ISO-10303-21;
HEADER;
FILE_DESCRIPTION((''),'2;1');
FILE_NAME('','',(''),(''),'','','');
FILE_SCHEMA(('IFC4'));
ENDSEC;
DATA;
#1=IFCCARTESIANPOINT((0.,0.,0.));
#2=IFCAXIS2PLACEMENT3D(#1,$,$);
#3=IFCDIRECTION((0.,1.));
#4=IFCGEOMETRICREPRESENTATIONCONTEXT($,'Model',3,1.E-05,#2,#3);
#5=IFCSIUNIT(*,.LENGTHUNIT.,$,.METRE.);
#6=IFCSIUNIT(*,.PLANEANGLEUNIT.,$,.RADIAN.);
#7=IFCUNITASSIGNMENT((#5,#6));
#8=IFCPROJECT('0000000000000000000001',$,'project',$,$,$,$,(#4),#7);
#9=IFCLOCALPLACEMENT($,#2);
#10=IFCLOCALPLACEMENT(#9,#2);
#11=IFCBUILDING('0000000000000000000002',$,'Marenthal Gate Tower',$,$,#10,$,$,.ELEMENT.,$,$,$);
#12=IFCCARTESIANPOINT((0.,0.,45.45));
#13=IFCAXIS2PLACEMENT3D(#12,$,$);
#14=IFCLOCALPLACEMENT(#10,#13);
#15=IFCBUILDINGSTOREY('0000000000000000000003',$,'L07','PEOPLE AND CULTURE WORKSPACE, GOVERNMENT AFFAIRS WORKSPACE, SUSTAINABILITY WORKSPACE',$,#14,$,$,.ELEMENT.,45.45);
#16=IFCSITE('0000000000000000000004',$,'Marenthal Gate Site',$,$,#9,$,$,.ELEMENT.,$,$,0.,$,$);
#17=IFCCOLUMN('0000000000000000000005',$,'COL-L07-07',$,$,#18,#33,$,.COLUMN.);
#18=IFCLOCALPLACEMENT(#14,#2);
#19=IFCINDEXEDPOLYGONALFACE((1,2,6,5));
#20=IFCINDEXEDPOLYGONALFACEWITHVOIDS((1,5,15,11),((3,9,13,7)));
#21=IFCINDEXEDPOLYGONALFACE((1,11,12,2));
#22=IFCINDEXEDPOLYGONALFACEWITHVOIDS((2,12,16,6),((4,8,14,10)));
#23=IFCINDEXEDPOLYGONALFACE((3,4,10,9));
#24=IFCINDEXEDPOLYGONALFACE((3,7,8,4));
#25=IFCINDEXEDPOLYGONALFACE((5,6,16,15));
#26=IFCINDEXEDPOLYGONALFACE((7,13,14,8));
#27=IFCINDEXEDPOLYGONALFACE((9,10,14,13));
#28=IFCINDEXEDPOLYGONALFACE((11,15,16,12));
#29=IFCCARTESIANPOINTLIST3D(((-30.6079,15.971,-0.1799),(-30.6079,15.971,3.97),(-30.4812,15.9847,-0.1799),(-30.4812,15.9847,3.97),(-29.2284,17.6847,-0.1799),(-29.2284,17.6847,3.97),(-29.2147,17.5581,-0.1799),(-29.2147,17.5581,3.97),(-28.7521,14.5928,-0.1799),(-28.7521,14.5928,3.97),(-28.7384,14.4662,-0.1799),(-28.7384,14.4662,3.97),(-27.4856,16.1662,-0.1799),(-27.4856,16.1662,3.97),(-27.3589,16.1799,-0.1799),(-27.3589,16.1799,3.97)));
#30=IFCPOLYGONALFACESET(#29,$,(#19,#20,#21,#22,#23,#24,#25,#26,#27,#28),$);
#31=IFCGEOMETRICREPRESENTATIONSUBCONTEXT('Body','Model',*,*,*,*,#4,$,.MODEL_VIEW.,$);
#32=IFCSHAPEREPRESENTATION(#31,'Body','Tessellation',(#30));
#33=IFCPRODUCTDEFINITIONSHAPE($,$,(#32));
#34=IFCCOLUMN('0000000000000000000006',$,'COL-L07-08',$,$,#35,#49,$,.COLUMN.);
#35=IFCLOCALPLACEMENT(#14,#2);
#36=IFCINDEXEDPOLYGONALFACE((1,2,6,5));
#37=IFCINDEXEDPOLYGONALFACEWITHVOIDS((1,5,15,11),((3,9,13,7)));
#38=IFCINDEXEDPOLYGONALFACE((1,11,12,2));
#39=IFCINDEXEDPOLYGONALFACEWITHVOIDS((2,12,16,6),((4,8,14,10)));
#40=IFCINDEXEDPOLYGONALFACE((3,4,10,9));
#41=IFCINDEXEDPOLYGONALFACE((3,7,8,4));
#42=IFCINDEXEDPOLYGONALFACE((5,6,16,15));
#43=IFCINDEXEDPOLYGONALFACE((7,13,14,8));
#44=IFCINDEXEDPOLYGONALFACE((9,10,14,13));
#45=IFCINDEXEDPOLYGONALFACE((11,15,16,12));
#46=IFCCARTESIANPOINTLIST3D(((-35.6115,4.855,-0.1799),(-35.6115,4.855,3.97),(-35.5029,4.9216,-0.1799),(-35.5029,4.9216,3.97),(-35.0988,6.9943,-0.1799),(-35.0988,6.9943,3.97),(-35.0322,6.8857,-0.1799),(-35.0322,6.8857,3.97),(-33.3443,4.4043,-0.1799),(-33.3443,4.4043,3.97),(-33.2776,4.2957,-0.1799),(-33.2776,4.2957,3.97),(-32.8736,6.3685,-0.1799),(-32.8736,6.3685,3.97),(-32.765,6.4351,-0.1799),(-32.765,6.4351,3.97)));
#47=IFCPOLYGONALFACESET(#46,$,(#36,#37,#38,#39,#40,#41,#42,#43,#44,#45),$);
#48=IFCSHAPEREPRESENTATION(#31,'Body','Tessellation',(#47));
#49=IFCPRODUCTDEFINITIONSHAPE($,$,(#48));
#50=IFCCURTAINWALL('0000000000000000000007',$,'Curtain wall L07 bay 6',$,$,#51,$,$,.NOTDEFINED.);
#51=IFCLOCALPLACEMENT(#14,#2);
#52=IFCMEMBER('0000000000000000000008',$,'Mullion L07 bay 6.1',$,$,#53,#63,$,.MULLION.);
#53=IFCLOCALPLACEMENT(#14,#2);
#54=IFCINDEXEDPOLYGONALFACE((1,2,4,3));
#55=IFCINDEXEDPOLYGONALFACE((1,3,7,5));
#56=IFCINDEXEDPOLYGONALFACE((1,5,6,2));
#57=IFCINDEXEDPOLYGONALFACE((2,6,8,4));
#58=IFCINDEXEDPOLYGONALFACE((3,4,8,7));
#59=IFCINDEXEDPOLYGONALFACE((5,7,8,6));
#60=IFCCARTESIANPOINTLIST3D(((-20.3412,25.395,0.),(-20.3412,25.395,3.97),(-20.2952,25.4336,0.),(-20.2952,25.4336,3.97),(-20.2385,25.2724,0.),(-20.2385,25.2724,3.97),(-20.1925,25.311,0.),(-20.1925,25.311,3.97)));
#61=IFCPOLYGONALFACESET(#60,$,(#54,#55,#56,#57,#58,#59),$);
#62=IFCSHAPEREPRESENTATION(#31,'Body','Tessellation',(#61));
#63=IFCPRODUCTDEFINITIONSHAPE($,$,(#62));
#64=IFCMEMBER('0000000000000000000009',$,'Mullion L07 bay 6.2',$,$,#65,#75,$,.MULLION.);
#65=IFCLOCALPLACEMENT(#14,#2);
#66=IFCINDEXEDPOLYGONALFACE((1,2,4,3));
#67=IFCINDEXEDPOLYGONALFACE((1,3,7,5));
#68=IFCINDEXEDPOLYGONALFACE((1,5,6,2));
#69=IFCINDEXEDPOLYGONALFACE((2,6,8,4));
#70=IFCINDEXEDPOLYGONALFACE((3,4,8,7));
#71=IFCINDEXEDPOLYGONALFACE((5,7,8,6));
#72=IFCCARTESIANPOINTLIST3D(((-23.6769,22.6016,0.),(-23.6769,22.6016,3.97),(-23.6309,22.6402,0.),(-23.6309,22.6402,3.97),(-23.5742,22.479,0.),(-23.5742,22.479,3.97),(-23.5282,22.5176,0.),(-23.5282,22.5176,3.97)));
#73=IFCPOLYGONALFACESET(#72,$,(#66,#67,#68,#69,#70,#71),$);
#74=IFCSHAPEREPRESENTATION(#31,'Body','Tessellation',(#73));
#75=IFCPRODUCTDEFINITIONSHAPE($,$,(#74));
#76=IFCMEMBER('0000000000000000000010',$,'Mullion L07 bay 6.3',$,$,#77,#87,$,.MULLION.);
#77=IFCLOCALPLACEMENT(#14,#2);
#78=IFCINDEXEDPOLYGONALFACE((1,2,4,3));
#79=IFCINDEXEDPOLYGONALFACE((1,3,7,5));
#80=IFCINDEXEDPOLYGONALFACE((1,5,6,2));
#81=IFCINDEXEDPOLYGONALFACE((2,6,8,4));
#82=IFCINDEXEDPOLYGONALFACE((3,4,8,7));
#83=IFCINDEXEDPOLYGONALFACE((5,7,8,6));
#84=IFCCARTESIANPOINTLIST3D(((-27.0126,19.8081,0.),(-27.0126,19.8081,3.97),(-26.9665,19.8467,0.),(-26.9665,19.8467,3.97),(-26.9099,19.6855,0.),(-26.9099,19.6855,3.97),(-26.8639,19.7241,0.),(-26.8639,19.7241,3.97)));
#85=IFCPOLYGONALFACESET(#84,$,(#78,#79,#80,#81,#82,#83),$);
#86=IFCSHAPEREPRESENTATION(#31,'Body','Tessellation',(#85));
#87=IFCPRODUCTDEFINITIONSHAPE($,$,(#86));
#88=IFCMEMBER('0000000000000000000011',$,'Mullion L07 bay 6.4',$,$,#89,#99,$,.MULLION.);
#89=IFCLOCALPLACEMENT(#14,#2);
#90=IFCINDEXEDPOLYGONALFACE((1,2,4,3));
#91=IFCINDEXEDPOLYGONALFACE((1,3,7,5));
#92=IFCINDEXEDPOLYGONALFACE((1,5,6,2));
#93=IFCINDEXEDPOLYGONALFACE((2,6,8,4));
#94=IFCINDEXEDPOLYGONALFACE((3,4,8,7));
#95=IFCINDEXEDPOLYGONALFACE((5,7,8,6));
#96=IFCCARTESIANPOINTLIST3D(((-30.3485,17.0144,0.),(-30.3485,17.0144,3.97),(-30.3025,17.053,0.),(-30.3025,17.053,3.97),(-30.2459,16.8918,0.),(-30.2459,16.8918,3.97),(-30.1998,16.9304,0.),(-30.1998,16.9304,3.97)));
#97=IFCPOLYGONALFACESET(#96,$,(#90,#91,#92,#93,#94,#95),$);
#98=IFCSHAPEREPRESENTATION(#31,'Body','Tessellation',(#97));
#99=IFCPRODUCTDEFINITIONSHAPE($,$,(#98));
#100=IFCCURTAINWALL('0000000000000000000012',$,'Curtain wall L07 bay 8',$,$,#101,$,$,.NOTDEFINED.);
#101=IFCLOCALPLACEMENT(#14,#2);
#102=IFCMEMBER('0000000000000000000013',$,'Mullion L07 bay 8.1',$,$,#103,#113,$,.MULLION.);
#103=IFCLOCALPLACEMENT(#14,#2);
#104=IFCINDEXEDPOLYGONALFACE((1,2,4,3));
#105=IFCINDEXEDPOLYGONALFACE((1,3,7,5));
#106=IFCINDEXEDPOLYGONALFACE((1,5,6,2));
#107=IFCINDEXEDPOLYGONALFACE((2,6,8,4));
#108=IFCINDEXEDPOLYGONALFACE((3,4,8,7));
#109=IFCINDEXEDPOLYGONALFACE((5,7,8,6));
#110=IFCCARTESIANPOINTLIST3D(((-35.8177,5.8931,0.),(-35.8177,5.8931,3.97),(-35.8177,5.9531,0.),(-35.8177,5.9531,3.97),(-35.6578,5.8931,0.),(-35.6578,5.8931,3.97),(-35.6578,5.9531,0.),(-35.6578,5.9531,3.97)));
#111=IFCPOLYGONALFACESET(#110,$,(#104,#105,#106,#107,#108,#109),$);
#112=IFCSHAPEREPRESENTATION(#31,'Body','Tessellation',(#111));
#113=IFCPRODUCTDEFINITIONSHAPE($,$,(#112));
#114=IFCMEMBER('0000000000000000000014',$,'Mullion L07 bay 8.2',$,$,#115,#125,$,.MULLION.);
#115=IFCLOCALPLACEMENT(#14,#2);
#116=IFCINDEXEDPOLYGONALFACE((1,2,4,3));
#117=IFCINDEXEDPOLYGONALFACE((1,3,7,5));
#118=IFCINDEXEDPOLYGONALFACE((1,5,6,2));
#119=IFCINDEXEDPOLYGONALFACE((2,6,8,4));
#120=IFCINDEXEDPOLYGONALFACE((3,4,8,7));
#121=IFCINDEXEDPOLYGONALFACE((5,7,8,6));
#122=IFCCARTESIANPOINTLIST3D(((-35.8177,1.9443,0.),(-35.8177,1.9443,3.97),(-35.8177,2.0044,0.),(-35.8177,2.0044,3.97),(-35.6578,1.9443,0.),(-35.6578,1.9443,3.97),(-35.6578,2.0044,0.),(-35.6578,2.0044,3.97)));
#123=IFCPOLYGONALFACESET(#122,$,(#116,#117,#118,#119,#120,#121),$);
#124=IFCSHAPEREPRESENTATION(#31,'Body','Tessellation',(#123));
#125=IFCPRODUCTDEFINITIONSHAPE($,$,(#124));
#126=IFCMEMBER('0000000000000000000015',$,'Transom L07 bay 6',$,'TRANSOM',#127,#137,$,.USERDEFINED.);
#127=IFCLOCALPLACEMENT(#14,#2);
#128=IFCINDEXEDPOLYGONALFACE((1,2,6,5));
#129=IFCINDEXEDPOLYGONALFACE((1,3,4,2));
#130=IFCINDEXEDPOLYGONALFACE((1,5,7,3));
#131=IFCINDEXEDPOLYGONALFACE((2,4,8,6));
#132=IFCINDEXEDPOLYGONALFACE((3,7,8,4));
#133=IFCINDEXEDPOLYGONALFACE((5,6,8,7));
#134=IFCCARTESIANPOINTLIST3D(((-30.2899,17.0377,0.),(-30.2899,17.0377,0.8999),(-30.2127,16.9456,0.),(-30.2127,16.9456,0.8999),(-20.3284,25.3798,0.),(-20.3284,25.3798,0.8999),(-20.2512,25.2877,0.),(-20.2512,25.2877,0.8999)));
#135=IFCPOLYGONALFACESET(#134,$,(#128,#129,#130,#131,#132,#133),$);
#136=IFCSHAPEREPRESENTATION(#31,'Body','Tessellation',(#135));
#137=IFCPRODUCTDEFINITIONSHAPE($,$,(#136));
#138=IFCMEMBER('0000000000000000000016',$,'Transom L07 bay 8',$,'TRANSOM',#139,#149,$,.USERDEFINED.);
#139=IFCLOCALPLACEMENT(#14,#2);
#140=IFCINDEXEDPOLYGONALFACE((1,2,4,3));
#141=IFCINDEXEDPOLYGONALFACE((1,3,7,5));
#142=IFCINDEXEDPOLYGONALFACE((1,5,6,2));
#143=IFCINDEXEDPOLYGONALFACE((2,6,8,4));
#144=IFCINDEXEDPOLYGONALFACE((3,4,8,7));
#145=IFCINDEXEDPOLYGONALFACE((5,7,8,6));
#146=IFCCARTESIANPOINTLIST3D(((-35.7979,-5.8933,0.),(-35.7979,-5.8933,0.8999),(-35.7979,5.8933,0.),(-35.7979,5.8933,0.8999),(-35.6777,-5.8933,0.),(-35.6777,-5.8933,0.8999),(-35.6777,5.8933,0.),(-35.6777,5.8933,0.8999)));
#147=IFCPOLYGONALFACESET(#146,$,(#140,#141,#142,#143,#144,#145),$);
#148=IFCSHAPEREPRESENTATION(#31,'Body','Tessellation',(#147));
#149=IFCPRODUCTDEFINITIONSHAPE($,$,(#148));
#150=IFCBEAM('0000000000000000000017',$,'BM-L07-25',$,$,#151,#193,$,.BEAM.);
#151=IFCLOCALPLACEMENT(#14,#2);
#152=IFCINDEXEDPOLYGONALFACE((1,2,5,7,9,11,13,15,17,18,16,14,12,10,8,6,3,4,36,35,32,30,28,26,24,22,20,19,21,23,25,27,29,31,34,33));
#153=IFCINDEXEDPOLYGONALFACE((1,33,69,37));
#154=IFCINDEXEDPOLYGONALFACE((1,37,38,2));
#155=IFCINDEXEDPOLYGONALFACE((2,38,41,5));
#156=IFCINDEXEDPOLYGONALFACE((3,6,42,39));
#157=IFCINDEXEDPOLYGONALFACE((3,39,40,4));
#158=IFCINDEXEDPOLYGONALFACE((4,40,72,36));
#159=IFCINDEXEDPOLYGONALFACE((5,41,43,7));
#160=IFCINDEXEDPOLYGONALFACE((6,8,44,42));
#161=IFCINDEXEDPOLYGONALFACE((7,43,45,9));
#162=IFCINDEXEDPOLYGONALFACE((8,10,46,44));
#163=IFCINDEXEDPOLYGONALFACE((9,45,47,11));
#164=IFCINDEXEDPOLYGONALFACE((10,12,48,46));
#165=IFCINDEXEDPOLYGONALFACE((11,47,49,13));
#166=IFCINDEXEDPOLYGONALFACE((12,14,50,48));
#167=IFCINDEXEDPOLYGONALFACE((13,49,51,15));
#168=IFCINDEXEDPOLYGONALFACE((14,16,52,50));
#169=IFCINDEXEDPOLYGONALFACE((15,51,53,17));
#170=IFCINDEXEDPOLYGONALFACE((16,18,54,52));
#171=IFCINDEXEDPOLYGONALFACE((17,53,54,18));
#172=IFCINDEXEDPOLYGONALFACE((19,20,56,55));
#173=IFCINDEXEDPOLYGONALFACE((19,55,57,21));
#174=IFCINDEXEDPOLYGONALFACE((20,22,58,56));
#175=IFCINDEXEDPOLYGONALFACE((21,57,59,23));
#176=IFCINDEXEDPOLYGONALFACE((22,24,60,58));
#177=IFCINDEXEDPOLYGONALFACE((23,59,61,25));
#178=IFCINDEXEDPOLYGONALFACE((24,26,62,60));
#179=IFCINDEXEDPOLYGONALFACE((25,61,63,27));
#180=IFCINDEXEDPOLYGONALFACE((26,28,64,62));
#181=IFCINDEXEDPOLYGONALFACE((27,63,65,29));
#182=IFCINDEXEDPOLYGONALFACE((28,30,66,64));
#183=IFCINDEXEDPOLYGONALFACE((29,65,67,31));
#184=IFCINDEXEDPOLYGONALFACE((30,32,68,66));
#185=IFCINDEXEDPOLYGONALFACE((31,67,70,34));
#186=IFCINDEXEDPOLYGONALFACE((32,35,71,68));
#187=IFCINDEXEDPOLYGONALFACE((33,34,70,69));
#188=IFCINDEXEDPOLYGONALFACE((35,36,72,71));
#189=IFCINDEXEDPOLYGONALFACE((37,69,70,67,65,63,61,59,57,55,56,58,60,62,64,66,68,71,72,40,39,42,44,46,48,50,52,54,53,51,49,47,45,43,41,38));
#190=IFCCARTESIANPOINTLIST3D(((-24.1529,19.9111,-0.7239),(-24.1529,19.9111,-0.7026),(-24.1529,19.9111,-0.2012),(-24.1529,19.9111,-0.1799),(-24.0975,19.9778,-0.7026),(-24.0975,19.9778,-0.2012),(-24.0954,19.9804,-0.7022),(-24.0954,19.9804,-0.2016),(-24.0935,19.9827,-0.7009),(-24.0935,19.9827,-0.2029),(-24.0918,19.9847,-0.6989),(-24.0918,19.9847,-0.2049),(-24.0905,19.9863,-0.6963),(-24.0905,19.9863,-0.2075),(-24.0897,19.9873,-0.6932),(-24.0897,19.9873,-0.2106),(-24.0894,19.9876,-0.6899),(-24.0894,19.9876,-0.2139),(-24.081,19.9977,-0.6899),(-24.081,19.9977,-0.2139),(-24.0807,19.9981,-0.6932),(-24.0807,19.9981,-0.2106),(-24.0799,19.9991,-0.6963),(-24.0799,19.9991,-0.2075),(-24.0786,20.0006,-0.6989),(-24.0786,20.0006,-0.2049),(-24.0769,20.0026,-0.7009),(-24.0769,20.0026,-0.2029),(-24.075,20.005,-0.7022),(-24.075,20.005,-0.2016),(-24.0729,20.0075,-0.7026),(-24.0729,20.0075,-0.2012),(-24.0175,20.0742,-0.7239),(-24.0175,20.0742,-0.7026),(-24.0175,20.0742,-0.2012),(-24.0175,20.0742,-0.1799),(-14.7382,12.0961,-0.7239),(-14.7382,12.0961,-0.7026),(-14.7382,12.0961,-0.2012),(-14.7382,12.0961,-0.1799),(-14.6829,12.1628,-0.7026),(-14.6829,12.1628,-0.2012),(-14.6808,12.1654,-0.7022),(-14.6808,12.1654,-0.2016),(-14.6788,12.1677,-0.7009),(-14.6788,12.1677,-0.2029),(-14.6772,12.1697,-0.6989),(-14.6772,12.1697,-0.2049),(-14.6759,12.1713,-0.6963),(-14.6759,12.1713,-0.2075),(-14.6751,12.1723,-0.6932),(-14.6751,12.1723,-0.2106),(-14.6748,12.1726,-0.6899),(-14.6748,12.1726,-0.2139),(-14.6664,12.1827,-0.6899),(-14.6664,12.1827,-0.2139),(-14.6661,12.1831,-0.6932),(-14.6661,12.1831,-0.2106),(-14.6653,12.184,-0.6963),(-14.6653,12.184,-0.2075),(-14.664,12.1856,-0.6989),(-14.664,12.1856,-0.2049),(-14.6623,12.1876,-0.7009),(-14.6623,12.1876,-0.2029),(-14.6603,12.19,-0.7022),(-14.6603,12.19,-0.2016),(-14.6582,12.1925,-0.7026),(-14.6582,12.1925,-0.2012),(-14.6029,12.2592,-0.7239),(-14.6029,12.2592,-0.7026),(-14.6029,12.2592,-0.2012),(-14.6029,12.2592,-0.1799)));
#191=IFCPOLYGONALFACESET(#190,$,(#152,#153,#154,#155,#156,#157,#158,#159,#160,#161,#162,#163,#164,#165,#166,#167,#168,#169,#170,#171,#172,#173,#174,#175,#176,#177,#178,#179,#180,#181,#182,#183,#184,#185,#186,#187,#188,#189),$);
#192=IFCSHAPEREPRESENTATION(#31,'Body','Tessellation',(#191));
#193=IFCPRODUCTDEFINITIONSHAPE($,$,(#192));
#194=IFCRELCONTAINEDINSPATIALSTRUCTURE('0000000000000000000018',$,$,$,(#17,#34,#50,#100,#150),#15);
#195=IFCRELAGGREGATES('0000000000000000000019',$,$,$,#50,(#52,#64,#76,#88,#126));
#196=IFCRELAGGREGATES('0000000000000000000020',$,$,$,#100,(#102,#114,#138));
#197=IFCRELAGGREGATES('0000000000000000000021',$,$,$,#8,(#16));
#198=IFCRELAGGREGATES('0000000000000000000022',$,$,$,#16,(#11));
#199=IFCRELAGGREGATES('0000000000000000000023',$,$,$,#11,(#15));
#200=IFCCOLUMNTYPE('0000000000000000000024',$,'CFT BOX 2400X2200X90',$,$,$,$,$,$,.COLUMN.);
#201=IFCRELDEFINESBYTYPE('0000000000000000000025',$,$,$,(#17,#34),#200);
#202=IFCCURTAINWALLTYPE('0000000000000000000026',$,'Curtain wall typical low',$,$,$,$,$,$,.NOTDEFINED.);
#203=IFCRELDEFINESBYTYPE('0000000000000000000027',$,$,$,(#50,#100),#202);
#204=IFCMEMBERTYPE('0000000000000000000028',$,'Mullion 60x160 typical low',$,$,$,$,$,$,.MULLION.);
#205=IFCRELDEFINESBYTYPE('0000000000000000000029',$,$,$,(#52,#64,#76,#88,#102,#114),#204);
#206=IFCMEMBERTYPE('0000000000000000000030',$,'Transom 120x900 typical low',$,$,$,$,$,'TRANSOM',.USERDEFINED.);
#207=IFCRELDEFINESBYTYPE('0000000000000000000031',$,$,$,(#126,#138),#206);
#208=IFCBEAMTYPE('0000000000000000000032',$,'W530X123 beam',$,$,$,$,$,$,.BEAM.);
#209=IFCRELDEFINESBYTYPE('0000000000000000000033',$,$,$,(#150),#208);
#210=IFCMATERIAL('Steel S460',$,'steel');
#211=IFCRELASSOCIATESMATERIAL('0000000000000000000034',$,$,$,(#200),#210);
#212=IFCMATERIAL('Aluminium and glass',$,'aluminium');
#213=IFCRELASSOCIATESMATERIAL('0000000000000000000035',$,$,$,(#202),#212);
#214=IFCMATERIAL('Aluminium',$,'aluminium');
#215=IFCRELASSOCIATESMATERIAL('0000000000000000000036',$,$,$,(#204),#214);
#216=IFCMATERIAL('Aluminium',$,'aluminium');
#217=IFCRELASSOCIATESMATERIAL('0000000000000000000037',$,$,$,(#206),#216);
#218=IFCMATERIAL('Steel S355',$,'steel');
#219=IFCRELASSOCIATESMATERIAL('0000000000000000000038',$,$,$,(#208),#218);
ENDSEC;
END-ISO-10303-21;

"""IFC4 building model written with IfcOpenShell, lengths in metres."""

from ifc_helpers import new_model, si_unit, direction, frame, origin, origin_2d, place, context, subcontext, project, spatial, rectangle, hollow_rectangle, i_section, extrude, material, material_profile, profile_set, type_object, element, aggregate, save


model = new_model("IFC4")

# Units and contexts
model_context = context("Model", 3, precision=1e-05, world=origin(), true_north=direction((0.0, 1.0)))
body_context = subcontext(model_context, "Body", "Model", "MODEL_VIEW")
ifc_project = project(units=[si_unit("LENGTHUNIT", "METRE"), si_unit("PLANEANGLEUNIT", "RADIAN")], contexts=[model_context])

# Site, building, storey
site_placement = place(None, origin())
site = spatial("IfcSite", under=ifc_project, at=site_placement, Name="Marenthal Gate Site", CompositionType="ELEMENT", RefElevation=0.0)
building_placement = place(site_placement, origin())
building = spatial("IfcBuilding", under=site, at=building_placement, Name="Marenthal Gate Tower", CompositionType="ELEMENT")
storey_placement = place(building_placement, frame((0.0, 0.0, 45.45)))
storey = spatial("IfcBuildingStorey", under=building, at=storey_placement, Name="L07", Description="PEOPLE AND CULTURE WORKSPACE, GOVERNMENT AFFAIRS WORKSPACE, SUSTAINABILITY WORKSPACE", CompositionType="ELEMENT", Elevation=45.45)

# Columns
ifc_material_1 = material(Name="Steel S460", Category="steel")
ifc_material_profile_1 = material_profile(ifc_material_1, hollow_rectangle(XDim=2.2, YDim=2.3999, WallThickness=0.0901, at=origin_2d()), Name="CFT BOX 2400X2200X90")
ifc_material_2 = material(Name="Concrete 70 MPa", Category="concrete")
ifc_material_profile_2 = material_profile(ifc_material_2, rectangle(XDim=2.02, YDim=2.22, at=origin_2d()), Name="CFT BOX 2400X2200X90 INFILL")
ifc_profile_set_1 = profile_set([ifc_material_profile_1, ifc_material_profile_2], Name="Steel S460 shell, Concrete 70 MPa infill")
column_type = type_object("IfcColumnType", Name="CFT BOX 2400X2200X90", PredefinedType="COLUMN", material=ifc_profile_set_1)
for number, where, z_axis, x_axis, name in (
    (1, (-28.9834, 16.0754, -0.1799), (0.0, 0.0, 1.0), (0.627046, 0.778982, 0.0), "COL-L07-07"),
    (2, (-34.1882, 5.645, -0.1799), (0.0, 0.0, 1.0), (0.233033, 0.972469, 0.0), "COL-L07-08"),
):
    element("IfcColumn", number, at=place(storey_placement, frame(where, z_axis=z_axis, x_axis=x_axis)), inside=storey, type_object=column_type, Name=name, PredefinedType="COLUMN", context=body_context, shape_type="SweptSolid", body=[
        extrude(hollow_rectangle(XDim=2.2, YDim=2.3999, WallThickness=0.0901, at=origin_2d()), origin(), (0.0, 0.0, 1.0), 4.1499),
    ])

# Curtain walls, members
ifc_material_3 = material(Name="Aluminium and glass", Category="aluminium")
curtain_wall_type = type_object("IfcCurtainWallType", Name="Curtain wall typical low", PredefinedType="NOTDEFINED", material=ifc_material_3)
curtain_wall_1_placement = place(storey_placement, origin())
curtain_wall_1 = element("IfcCurtainWall", 3, at=curtain_wall_1_placement, inside=storey, type_object=curtain_wall_type, Name="Curtain wall L07 bay 6", PredefinedType="NOTDEFINED")
ifc_material_4 = material(Name="Aluminium", Category="aluminium")
ifc_material_profile_3 = material_profile(ifc_material_4, rectangle(XDim=0.1599, YDim=0.0601, at=origin_2d()), Name="60x160 aluminium mullion")
ifc_profile_set_2 = profile_set([ifc_material_profile_3], Name="Aluminium")
member_type_1 = type_object("IfcMemberType", Name="Mullion 60x160 typical low", PredefinedType="MULLION", material=ifc_profile_set_2)
member_1_placement = place(storey_placement, frame((-20.2668, 25.353, 0.0), z_axis=(0.0, 0.0, 1.0), x_axis=(0.642047, -0.766665, 0.0)))
member_1 = element("IfcMember", 4, at=member_1_placement, type_object=member_type_1, Name="Mullion L07 bay 6.1", PredefinedType="MULLION", context=body_context, shape_type="SweptSolid", body=[
    extrude(rectangle(XDim=0.1599, YDim=0.0601, at=origin_2d()), origin(), (0.0, 0.0, 1.0), 3.97),
])
member_2_placement = place(storey_placement, frame((-23.6025, 22.5596, 0.0), z_axis=(0.0, 0.0, 1.0), x_axis=(0.642047, -0.766665, 0.0)))
member_2 = element("IfcMember", 5, at=member_2_placement, type_object=member_type_1, Name="Mullion L07 bay 6.2", PredefinedType="MULLION", context=body_context, shape_type="SweptSolid", body=[
    extrude(rectangle(XDim=0.1599, YDim=0.0601, at=origin_2d()), origin(), (0.0, 0.0, 1.0), 3.97),
])
member_3_placement = place(storey_placement, frame((-26.9382, 19.7661, 0.0), z_axis=(0.0, 0.0, 1.0), x_axis=(0.642047, -0.766665, 0.0)))
member_3 = element("IfcMember", 6, at=member_3_placement, type_object=member_type_1, Name="Mullion L07 bay 6.3", PredefinedType="MULLION", context=body_context, shape_type="SweptSolid", body=[
    extrude(rectangle(XDim=0.1599, YDim=0.0601, at=origin_2d()), origin(), (0.0, 0.0, 1.0), 3.97),
])
member_4_placement = place(storey_placement, frame((-30.2742, 16.9724, 0.0), z_axis=(0.0, 0.0, 1.0), x_axis=(0.642047, -0.766665, 0.0)))
member_4 = element("IfcMember", 7, at=member_4_placement, type_object=member_type_1, Name="Mullion L07 bay 6.4", PredefinedType="MULLION", context=body_context, shape_type="SweptSolid", body=[
    extrude(rectangle(XDim=0.1599, YDim=0.0601, at=origin_2d()), origin(), (0.0, 0.0, 1.0), 3.97),
])
curtain_wall_2_placement = place(storey_placement, origin())
curtain_wall_2 = element("IfcCurtainWall", 8, at=curtain_wall_2_placement, inside=storey, type_object=curtain_wall_type, Name="Curtain wall L07 bay 8", PredefinedType="NOTDEFINED")
member_5_placement = place(storey_placement, frame((-35.7378, 5.9231, 0.0), z_axis=(0.0, 0.0, 1.0), x_axis=(1.0, 0.0, 0.0)))
member_5 = element("IfcMember", 9, at=member_5_placement, type_object=member_type_1, Name="Mullion L07 bay 8.1", PredefinedType="MULLION", context=body_context, shape_type="SweptSolid", body=[
    extrude(rectangle(XDim=0.1599, YDim=0.0601, at=origin_2d()), origin(), (0.0, 0.0, 1.0), 3.97),
])
member_6_placement = place(storey_placement, frame((-35.7378, 1.9744, 0.0), z_axis=(0.0, 0.0, 1.0), x_axis=(1.0, 0.0, 0.0)))
member_6 = element("IfcMember", 10, at=member_6_placement, type_object=member_type_1, Name="Mullion L07 bay 8.2", PredefinedType="MULLION", context=body_context, shape_type="SweptSolid", body=[
    extrude(rectangle(XDim=0.1599, YDim=0.0601, at=origin_2d()), origin(), (0.0, 0.0, 1.0), 3.97),
])

# Members
ifc_material_5 = material(Name="Aluminium", Category="aluminium")
ifc_material_profile_4 = material_profile(ifc_material_5, rectangle(XDim=0.1201, YDim=0.8999, at=origin_2d()), Name="120x900 aluminium transom")
ifc_profile_set_3 = profile_set([ifc_material_profile_4], Name="Aluminium")
member_type_2 = type_object("IfcMemberType", Name="Transom 120x900 typical low", ElementType="TRANSOM", PredefinedType="USERDEFINED", material=ifc_profile_set_3)
member_7_placement = place(storey_placement, frame((-20.2898, 25.3337, 0.45), z_axis=(-0.766673, -0.642038, 0.0), x_axis=(0.642038, -0.766673, 0.0)))
member_7 = element("IfcMember", 11, at=member_7_placement, type_object=member_type_2, Name="Transom L07 bay 6", ObjectType="TRANSOM", PredefinedType="USERDEFINED", context=body_context, shape_type="SweptSolid", body=[
    extrude(rectangle(XDim=0.1201, YDim=0.8999, at=origin_2d()), origin(), (0.0, 0.0, 1.0), 12.9932),
])
member_8_placement = place(storey_placement, frame((-35.7378, 5.8933, 0.45), z_axis=(0.0, -1.0, 0.0), x_axis=(1.0, 0.0, 0.0)))
member_8 = element("IfcMember", 12, at=member_8_placement, type_object=member_type_2, Name="Transom L07 bay 8", ObjectType="TRANSOM", PredefinedType="USERDEFINED", context=body_context, shape_type="SweptSolid", body=[
    extrude(rectangle(XDim=0.1201, YDim=0.8999, at=origin_2d()), origin(), (0.0, 0.0, 1.0), 11.7866),
])

# Beam
ifc_material_6 = material(Name="Steel S355", Category="steel")
ifc_material_profile_5 = material_profile(ifc_material_6, i_section(OverallWidth=0.2119, OverallDepth=0.5439, WebThickness=0.0132, FlangeThickness=0.0212, FilletRadius=0.0127, at=origin_2d()), Name="W530X123")
ifc_profile_set_4 = profile_set([ifc_material_profile_5], Name="Steel S355")
beam_type_1 = type_object("IfcBeamType", Name="W530X123 beam", PredefinedType="BEAM", material=ifc_profile_set_4)
beam_1_placement = place(storey_placement, frame((-24.0852, 19.9927, -0.4519), z_axis=(0.769447, -0.638711, 0.0), x_axis=(0.638711, 0.769447, 0.0)))
element("IfcBeam", 13, at=beam_1_placement, inside=storey, type_object=beam_type_1, Name="BM-L07-25", PredefinedType="BEAM", context=body_context, shape_type="SweptSolid", body=[
    extrude(i_section(OverallWidth=0.2119, OverallDepth=0.5439, WebThickness=0.0132, FlangeThickness=0.0212, FilletRadius=0.0127, at=origin_2d()), origin(), (0.0, 0.0, 1.0), 12.2356),
])

aggregate(curtain_wall_1, [member_1, member_2, member_3, member_4, member_7])
aggregate(curtain_wall_2, [member_5, member_6, member_8])

save(model, "model.ifc")
